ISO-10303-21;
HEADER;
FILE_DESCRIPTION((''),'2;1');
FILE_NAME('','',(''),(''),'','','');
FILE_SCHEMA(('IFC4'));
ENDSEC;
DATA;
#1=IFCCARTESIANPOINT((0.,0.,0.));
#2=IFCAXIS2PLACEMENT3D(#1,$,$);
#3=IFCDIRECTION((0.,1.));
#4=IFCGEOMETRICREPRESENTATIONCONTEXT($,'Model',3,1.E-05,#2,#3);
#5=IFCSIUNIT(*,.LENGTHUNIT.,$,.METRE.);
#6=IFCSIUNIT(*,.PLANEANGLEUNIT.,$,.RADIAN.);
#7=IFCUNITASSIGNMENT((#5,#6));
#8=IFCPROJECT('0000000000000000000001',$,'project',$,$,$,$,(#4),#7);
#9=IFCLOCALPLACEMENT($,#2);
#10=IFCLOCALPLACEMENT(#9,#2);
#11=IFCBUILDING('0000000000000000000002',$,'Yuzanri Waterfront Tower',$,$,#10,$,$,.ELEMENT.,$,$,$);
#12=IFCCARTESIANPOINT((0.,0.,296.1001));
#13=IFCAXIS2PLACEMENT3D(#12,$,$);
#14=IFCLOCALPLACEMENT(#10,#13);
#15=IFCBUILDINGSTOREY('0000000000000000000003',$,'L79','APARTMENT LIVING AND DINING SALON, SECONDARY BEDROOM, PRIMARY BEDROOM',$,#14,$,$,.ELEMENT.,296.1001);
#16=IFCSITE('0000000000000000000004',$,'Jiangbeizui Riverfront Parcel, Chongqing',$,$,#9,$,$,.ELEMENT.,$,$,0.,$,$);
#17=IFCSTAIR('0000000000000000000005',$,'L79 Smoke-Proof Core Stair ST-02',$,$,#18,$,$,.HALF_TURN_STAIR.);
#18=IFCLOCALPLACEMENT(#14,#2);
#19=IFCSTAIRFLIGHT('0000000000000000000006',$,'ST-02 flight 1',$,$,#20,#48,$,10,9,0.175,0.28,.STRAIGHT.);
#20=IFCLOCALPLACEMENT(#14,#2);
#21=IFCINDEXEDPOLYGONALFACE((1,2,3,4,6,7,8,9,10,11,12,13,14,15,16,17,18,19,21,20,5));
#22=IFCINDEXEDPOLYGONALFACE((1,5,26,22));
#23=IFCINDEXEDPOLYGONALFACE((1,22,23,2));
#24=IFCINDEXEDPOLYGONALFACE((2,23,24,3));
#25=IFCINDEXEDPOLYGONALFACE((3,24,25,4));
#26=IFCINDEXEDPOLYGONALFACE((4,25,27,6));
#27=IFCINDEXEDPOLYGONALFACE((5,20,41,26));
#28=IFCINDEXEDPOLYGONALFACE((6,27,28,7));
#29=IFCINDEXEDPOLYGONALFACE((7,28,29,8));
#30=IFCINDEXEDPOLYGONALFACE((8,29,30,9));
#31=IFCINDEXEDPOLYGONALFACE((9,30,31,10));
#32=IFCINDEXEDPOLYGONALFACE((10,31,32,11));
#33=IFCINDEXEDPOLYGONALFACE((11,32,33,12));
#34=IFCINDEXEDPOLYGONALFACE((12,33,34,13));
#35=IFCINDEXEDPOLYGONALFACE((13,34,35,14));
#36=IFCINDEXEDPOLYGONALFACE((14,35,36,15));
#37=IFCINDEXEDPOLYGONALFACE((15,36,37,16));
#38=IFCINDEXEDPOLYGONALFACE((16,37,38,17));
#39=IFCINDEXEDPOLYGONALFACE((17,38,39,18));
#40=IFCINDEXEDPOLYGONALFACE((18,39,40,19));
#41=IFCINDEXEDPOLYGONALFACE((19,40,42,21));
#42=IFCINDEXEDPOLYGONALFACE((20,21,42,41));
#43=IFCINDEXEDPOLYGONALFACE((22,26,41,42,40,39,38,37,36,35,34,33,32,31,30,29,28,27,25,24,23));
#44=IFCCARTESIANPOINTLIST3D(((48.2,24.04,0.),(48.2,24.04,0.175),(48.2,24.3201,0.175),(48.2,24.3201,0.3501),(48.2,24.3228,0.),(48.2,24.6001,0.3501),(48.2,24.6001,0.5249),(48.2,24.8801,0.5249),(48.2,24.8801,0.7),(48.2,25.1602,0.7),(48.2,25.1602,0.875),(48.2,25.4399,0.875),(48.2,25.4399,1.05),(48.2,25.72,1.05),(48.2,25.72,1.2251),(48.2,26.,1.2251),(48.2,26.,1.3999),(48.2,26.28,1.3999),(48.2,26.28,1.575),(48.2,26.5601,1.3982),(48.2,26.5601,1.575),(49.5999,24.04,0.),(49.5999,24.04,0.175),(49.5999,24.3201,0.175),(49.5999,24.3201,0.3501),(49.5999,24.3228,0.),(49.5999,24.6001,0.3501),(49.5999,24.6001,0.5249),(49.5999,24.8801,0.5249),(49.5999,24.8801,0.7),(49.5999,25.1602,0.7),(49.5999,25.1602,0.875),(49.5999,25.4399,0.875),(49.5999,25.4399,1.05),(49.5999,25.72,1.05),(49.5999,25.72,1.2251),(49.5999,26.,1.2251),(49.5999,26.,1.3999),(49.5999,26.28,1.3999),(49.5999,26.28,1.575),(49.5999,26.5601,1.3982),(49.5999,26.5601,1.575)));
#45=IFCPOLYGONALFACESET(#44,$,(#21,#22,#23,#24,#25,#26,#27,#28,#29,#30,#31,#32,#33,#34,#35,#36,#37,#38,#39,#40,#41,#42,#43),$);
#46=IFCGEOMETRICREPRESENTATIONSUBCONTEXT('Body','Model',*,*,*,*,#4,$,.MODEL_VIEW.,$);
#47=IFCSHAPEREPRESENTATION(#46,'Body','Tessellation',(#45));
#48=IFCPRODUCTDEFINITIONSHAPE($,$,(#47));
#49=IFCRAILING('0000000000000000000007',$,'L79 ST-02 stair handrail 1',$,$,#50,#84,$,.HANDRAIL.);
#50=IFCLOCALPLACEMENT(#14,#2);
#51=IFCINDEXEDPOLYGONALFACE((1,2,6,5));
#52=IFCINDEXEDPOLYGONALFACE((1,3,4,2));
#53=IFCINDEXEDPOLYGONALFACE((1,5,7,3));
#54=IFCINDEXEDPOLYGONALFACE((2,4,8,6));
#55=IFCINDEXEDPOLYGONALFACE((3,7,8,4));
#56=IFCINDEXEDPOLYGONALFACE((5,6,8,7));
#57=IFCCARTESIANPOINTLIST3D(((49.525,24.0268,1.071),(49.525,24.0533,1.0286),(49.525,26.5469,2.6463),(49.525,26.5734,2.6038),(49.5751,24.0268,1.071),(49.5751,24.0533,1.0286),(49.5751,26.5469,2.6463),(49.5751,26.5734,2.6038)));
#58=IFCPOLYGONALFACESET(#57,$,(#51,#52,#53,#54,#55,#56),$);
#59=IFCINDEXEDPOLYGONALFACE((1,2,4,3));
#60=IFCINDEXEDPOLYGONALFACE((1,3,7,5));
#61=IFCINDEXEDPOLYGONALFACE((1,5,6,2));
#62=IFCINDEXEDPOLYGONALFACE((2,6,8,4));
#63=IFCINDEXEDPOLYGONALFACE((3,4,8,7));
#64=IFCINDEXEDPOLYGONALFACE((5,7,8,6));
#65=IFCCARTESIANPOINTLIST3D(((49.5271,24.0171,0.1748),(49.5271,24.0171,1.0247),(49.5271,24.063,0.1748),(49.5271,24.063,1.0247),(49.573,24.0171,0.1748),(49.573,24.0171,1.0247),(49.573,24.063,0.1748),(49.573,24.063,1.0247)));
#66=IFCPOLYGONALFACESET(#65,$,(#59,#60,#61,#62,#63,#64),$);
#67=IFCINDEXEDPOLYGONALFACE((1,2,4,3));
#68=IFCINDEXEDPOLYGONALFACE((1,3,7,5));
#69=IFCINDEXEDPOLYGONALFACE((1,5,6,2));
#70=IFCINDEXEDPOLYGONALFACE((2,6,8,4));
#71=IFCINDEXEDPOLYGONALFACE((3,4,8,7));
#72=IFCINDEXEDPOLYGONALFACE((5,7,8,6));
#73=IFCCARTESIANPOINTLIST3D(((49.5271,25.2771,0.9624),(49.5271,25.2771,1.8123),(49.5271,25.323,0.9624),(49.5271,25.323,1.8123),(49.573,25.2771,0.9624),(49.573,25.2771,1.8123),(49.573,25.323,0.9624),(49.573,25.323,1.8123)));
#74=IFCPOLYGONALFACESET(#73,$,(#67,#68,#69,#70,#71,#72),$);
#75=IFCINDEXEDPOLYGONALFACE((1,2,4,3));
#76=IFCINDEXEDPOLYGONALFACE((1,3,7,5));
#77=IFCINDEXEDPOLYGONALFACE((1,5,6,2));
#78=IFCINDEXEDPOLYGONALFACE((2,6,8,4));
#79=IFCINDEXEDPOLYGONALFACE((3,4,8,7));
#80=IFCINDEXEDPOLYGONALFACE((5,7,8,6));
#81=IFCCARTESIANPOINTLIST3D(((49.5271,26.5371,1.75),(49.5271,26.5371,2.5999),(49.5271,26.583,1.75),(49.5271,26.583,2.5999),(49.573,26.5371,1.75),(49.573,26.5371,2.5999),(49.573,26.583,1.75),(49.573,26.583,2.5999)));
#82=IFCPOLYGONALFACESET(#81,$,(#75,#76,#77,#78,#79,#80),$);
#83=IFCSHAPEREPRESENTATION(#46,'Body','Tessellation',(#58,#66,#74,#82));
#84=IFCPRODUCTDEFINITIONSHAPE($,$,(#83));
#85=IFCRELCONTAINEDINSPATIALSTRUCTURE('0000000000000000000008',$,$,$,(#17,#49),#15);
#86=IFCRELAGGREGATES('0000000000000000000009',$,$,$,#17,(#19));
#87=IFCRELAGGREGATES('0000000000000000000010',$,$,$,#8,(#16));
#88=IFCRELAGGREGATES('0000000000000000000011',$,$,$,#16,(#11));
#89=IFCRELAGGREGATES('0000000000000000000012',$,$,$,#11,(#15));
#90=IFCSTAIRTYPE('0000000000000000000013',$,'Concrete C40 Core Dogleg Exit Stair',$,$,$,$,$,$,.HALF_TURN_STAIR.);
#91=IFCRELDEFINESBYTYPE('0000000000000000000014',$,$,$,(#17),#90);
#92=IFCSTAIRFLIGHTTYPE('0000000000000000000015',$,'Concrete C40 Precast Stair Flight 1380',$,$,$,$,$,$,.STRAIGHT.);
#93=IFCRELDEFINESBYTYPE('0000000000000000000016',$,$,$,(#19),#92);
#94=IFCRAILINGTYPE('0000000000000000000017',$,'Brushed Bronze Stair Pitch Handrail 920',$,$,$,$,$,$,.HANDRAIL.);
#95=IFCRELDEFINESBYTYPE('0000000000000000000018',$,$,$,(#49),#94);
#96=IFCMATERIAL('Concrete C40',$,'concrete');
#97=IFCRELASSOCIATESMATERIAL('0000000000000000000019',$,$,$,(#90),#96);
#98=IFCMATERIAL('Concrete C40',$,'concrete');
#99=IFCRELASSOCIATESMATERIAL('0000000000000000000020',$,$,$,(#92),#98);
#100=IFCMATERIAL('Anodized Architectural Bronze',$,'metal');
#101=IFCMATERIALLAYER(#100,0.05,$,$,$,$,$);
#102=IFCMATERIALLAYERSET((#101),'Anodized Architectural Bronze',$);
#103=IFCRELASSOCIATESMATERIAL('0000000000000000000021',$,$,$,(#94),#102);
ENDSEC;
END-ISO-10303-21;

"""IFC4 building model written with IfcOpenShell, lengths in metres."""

from ifc_helpers import new_model, si_unit, direction, frame, origin, origin_2d, place, context, subcontext, project, spatial, polyline, rectangle, outline, extrude, source, transform, mapped, material, layer, layer_set, type_object, element, aggregate, save


model = new_model("IFC4")

# Units and contexts
model_context = context("Model", 3, precision=1e-05, world=origin(), true_north=direction((0.0, 1.0)))
body_context = subcontext(model_context, "Body", "Model", "MODEL_VIEW")
ifc_project = project(units=[si_unit("LENGTHUNIT", "METRE"), si_unit("PLANEANGLEUNIT", "RADIAN")], contexts=[model_context])

# Site, building, storey
site_placement = place(None, origin())
site = spatial("IfcSite", under=ifc_project, at=site_placement, Name="Jiangbeizui Riverfront Parcel, Chongqing", CompositionType="ELEMENT", RefElevation=0.0)
building_placement = place(site_placement, origin())
building = spatial("IfcBuilding", under=site, at=building_placement, Name="Yuzanri Waterfront Tower", CompositionType="ELEMENT")
storey_placement = place(building_placement, frame((0.0, 0.0, 296.1001)))
storey = spatial("IfcBuildingStorey", under=building, at=storey_placement, Name="L79", Description="APARTMENT LIVING AND DINING SALON, SECONDARY BEDROOM, PRIMARY BEDROOM", CompositionType="ELEMENT", Elevation=296.1001)

# Stair, stair flight
ifc_material_1 = material(Name="Concrete C40", Category="concrete")
stair_type = type_object("IfcStairType", Name="Concrete C40 Core Dogleg Exit Stair", PredefinedType="HALF_TURN_STAIR", material=ifc_material_1)
stair_placement = place(storey_placement, origin())
stair = element("IfcStair", 1, at=stair_placement, inside=storey, type_object=stair_type, Name="L79 Smoke-Proof Core Stair ST-02", PredefinedType="HALF_TURN_STAIR")
ifc_material_2 = material(Name="Concrete C40", Category="concrete")
stair_flight_type = type_object("IfcStairFlightType", Name="Concrete C40 Precast Stair Flight 1380", PredefinedType="STRAIGHT", material=ifc_material_2)
shared_shape_1 = source(origin(), body_context, "Body", "SweptSolid", [
    extrude(outline(polyline([(0.0, 0.0), (0.0, 0.175), (0.28, 0.175), (0.28, 0.3501), (0.5601, 0.3501), (0.5601, 0.5249), (0.8401, 0.5249), (0.8401, 0.7), (1.1201, 0.7), (1.1201, 0.875), (1.3999, 0.875), (1.3999, 1.05), (1.6799, 1.05), (1.6799, 1.2251), (1.96, 1.2251), (1.96, 1.3999), (2.24, 1.3999), (2.24, 1.575), (2.52, 1.575), (2.52, 1.75), (2.52, 1.3982), (0.2827, 0.0), (0.0, 0.0)])), frame((0.0, 0.7, 0.0), z_axis=(0.0, -1.0, 0.0), x_axis=(1.0, 0.0, 0.0)), (0.0, 0.0, 1.0), 1.3999),
])
stair_flight_placement = place(storey_placement, frame((48.8999, 24.04, 0.0), z_axis=(0.0, 0.0, 1.0), x_axis=(0.0, 1.0, 0.0)))
stair_flight = element("IfcStairFlight", 2, at=stair_flight_placement, type_object=stair_flight_type, Name="ST-02 flight 1", NumberOfRisers=10, NumberOfTreads=9, PredefinedType="STRAIGHT", RiserHeight=0.175, TreadLength=0.28, context=body_context, shape_type="MappedRepresentation", body=[
    mapped(shared_shape_1, transform((0.0, 0.0, 0.0), scale=1.0)),
])
aggregate(stair, [stair_flight])

# Railing
ifc_material_3 = material(Name="Anodized Architectural Bronze", Category="metal")
ifc_layer_1 = layer(ifc_material_3, 0.05)
ifc_layer_set_1 = layer_set([ifc_layer_1], Name="Anodized Architectural Bronze")
railing_type = type_object("IfcRailingType", Name="Brushed Bronze Stair Pitch Handrail 920", PredefinedType="HANDRAIL", material=ifc_layer_set_1)
shared_shape_2 = source(origin(), body_context, "Body", "SweptSolid", [
    extrude(rectangle(XDim=0.05, YDim=0.05, at=origin_2d()), frame((0.0, 0.0, 0.875), z_axis=(0.0, 0.847971, 0.530043), x_axis=(-1.0, 0.0, 0.0)), (0.0, 0.0, 1.0), 2.9719),
    extrude(rectangle(XDim=0.0459, YDim=0.0459, at=origin_2d()), origin(), (0.0, 0.0, 1.0), 0.8499),
    extrude(rectangle(XDim=0.0459, YDim=0.0459, at=origin_2d()), frame((0.0, 1.26, 0.7876)), (0.0, 0.0, 1.0), 0.8499),
    extrude(rectangle(XDim=0.0459, YDim=0.0459, at=origin_2d()), frame((0.0, 2.52, 1.5752)), (0.0, 0.0, 1.0), 0.8499),
])
railing_placement = place(storey_placement, frame((49.55, 24.04, 0.1748)))
element("IfcRailing", 3, at=railing_placement, inside=storey, type_object=railing_type, Name="L79 ST-02 stair handrail 1", PredefinedType="HANDRAIL", context=body_context, shape_type="MappedRepresentation", body=[
    mapped(shared_shape_2, transform((0.0, 0.0, 0.0), scale=1.0)),
])

save(model, "model.ifc")
